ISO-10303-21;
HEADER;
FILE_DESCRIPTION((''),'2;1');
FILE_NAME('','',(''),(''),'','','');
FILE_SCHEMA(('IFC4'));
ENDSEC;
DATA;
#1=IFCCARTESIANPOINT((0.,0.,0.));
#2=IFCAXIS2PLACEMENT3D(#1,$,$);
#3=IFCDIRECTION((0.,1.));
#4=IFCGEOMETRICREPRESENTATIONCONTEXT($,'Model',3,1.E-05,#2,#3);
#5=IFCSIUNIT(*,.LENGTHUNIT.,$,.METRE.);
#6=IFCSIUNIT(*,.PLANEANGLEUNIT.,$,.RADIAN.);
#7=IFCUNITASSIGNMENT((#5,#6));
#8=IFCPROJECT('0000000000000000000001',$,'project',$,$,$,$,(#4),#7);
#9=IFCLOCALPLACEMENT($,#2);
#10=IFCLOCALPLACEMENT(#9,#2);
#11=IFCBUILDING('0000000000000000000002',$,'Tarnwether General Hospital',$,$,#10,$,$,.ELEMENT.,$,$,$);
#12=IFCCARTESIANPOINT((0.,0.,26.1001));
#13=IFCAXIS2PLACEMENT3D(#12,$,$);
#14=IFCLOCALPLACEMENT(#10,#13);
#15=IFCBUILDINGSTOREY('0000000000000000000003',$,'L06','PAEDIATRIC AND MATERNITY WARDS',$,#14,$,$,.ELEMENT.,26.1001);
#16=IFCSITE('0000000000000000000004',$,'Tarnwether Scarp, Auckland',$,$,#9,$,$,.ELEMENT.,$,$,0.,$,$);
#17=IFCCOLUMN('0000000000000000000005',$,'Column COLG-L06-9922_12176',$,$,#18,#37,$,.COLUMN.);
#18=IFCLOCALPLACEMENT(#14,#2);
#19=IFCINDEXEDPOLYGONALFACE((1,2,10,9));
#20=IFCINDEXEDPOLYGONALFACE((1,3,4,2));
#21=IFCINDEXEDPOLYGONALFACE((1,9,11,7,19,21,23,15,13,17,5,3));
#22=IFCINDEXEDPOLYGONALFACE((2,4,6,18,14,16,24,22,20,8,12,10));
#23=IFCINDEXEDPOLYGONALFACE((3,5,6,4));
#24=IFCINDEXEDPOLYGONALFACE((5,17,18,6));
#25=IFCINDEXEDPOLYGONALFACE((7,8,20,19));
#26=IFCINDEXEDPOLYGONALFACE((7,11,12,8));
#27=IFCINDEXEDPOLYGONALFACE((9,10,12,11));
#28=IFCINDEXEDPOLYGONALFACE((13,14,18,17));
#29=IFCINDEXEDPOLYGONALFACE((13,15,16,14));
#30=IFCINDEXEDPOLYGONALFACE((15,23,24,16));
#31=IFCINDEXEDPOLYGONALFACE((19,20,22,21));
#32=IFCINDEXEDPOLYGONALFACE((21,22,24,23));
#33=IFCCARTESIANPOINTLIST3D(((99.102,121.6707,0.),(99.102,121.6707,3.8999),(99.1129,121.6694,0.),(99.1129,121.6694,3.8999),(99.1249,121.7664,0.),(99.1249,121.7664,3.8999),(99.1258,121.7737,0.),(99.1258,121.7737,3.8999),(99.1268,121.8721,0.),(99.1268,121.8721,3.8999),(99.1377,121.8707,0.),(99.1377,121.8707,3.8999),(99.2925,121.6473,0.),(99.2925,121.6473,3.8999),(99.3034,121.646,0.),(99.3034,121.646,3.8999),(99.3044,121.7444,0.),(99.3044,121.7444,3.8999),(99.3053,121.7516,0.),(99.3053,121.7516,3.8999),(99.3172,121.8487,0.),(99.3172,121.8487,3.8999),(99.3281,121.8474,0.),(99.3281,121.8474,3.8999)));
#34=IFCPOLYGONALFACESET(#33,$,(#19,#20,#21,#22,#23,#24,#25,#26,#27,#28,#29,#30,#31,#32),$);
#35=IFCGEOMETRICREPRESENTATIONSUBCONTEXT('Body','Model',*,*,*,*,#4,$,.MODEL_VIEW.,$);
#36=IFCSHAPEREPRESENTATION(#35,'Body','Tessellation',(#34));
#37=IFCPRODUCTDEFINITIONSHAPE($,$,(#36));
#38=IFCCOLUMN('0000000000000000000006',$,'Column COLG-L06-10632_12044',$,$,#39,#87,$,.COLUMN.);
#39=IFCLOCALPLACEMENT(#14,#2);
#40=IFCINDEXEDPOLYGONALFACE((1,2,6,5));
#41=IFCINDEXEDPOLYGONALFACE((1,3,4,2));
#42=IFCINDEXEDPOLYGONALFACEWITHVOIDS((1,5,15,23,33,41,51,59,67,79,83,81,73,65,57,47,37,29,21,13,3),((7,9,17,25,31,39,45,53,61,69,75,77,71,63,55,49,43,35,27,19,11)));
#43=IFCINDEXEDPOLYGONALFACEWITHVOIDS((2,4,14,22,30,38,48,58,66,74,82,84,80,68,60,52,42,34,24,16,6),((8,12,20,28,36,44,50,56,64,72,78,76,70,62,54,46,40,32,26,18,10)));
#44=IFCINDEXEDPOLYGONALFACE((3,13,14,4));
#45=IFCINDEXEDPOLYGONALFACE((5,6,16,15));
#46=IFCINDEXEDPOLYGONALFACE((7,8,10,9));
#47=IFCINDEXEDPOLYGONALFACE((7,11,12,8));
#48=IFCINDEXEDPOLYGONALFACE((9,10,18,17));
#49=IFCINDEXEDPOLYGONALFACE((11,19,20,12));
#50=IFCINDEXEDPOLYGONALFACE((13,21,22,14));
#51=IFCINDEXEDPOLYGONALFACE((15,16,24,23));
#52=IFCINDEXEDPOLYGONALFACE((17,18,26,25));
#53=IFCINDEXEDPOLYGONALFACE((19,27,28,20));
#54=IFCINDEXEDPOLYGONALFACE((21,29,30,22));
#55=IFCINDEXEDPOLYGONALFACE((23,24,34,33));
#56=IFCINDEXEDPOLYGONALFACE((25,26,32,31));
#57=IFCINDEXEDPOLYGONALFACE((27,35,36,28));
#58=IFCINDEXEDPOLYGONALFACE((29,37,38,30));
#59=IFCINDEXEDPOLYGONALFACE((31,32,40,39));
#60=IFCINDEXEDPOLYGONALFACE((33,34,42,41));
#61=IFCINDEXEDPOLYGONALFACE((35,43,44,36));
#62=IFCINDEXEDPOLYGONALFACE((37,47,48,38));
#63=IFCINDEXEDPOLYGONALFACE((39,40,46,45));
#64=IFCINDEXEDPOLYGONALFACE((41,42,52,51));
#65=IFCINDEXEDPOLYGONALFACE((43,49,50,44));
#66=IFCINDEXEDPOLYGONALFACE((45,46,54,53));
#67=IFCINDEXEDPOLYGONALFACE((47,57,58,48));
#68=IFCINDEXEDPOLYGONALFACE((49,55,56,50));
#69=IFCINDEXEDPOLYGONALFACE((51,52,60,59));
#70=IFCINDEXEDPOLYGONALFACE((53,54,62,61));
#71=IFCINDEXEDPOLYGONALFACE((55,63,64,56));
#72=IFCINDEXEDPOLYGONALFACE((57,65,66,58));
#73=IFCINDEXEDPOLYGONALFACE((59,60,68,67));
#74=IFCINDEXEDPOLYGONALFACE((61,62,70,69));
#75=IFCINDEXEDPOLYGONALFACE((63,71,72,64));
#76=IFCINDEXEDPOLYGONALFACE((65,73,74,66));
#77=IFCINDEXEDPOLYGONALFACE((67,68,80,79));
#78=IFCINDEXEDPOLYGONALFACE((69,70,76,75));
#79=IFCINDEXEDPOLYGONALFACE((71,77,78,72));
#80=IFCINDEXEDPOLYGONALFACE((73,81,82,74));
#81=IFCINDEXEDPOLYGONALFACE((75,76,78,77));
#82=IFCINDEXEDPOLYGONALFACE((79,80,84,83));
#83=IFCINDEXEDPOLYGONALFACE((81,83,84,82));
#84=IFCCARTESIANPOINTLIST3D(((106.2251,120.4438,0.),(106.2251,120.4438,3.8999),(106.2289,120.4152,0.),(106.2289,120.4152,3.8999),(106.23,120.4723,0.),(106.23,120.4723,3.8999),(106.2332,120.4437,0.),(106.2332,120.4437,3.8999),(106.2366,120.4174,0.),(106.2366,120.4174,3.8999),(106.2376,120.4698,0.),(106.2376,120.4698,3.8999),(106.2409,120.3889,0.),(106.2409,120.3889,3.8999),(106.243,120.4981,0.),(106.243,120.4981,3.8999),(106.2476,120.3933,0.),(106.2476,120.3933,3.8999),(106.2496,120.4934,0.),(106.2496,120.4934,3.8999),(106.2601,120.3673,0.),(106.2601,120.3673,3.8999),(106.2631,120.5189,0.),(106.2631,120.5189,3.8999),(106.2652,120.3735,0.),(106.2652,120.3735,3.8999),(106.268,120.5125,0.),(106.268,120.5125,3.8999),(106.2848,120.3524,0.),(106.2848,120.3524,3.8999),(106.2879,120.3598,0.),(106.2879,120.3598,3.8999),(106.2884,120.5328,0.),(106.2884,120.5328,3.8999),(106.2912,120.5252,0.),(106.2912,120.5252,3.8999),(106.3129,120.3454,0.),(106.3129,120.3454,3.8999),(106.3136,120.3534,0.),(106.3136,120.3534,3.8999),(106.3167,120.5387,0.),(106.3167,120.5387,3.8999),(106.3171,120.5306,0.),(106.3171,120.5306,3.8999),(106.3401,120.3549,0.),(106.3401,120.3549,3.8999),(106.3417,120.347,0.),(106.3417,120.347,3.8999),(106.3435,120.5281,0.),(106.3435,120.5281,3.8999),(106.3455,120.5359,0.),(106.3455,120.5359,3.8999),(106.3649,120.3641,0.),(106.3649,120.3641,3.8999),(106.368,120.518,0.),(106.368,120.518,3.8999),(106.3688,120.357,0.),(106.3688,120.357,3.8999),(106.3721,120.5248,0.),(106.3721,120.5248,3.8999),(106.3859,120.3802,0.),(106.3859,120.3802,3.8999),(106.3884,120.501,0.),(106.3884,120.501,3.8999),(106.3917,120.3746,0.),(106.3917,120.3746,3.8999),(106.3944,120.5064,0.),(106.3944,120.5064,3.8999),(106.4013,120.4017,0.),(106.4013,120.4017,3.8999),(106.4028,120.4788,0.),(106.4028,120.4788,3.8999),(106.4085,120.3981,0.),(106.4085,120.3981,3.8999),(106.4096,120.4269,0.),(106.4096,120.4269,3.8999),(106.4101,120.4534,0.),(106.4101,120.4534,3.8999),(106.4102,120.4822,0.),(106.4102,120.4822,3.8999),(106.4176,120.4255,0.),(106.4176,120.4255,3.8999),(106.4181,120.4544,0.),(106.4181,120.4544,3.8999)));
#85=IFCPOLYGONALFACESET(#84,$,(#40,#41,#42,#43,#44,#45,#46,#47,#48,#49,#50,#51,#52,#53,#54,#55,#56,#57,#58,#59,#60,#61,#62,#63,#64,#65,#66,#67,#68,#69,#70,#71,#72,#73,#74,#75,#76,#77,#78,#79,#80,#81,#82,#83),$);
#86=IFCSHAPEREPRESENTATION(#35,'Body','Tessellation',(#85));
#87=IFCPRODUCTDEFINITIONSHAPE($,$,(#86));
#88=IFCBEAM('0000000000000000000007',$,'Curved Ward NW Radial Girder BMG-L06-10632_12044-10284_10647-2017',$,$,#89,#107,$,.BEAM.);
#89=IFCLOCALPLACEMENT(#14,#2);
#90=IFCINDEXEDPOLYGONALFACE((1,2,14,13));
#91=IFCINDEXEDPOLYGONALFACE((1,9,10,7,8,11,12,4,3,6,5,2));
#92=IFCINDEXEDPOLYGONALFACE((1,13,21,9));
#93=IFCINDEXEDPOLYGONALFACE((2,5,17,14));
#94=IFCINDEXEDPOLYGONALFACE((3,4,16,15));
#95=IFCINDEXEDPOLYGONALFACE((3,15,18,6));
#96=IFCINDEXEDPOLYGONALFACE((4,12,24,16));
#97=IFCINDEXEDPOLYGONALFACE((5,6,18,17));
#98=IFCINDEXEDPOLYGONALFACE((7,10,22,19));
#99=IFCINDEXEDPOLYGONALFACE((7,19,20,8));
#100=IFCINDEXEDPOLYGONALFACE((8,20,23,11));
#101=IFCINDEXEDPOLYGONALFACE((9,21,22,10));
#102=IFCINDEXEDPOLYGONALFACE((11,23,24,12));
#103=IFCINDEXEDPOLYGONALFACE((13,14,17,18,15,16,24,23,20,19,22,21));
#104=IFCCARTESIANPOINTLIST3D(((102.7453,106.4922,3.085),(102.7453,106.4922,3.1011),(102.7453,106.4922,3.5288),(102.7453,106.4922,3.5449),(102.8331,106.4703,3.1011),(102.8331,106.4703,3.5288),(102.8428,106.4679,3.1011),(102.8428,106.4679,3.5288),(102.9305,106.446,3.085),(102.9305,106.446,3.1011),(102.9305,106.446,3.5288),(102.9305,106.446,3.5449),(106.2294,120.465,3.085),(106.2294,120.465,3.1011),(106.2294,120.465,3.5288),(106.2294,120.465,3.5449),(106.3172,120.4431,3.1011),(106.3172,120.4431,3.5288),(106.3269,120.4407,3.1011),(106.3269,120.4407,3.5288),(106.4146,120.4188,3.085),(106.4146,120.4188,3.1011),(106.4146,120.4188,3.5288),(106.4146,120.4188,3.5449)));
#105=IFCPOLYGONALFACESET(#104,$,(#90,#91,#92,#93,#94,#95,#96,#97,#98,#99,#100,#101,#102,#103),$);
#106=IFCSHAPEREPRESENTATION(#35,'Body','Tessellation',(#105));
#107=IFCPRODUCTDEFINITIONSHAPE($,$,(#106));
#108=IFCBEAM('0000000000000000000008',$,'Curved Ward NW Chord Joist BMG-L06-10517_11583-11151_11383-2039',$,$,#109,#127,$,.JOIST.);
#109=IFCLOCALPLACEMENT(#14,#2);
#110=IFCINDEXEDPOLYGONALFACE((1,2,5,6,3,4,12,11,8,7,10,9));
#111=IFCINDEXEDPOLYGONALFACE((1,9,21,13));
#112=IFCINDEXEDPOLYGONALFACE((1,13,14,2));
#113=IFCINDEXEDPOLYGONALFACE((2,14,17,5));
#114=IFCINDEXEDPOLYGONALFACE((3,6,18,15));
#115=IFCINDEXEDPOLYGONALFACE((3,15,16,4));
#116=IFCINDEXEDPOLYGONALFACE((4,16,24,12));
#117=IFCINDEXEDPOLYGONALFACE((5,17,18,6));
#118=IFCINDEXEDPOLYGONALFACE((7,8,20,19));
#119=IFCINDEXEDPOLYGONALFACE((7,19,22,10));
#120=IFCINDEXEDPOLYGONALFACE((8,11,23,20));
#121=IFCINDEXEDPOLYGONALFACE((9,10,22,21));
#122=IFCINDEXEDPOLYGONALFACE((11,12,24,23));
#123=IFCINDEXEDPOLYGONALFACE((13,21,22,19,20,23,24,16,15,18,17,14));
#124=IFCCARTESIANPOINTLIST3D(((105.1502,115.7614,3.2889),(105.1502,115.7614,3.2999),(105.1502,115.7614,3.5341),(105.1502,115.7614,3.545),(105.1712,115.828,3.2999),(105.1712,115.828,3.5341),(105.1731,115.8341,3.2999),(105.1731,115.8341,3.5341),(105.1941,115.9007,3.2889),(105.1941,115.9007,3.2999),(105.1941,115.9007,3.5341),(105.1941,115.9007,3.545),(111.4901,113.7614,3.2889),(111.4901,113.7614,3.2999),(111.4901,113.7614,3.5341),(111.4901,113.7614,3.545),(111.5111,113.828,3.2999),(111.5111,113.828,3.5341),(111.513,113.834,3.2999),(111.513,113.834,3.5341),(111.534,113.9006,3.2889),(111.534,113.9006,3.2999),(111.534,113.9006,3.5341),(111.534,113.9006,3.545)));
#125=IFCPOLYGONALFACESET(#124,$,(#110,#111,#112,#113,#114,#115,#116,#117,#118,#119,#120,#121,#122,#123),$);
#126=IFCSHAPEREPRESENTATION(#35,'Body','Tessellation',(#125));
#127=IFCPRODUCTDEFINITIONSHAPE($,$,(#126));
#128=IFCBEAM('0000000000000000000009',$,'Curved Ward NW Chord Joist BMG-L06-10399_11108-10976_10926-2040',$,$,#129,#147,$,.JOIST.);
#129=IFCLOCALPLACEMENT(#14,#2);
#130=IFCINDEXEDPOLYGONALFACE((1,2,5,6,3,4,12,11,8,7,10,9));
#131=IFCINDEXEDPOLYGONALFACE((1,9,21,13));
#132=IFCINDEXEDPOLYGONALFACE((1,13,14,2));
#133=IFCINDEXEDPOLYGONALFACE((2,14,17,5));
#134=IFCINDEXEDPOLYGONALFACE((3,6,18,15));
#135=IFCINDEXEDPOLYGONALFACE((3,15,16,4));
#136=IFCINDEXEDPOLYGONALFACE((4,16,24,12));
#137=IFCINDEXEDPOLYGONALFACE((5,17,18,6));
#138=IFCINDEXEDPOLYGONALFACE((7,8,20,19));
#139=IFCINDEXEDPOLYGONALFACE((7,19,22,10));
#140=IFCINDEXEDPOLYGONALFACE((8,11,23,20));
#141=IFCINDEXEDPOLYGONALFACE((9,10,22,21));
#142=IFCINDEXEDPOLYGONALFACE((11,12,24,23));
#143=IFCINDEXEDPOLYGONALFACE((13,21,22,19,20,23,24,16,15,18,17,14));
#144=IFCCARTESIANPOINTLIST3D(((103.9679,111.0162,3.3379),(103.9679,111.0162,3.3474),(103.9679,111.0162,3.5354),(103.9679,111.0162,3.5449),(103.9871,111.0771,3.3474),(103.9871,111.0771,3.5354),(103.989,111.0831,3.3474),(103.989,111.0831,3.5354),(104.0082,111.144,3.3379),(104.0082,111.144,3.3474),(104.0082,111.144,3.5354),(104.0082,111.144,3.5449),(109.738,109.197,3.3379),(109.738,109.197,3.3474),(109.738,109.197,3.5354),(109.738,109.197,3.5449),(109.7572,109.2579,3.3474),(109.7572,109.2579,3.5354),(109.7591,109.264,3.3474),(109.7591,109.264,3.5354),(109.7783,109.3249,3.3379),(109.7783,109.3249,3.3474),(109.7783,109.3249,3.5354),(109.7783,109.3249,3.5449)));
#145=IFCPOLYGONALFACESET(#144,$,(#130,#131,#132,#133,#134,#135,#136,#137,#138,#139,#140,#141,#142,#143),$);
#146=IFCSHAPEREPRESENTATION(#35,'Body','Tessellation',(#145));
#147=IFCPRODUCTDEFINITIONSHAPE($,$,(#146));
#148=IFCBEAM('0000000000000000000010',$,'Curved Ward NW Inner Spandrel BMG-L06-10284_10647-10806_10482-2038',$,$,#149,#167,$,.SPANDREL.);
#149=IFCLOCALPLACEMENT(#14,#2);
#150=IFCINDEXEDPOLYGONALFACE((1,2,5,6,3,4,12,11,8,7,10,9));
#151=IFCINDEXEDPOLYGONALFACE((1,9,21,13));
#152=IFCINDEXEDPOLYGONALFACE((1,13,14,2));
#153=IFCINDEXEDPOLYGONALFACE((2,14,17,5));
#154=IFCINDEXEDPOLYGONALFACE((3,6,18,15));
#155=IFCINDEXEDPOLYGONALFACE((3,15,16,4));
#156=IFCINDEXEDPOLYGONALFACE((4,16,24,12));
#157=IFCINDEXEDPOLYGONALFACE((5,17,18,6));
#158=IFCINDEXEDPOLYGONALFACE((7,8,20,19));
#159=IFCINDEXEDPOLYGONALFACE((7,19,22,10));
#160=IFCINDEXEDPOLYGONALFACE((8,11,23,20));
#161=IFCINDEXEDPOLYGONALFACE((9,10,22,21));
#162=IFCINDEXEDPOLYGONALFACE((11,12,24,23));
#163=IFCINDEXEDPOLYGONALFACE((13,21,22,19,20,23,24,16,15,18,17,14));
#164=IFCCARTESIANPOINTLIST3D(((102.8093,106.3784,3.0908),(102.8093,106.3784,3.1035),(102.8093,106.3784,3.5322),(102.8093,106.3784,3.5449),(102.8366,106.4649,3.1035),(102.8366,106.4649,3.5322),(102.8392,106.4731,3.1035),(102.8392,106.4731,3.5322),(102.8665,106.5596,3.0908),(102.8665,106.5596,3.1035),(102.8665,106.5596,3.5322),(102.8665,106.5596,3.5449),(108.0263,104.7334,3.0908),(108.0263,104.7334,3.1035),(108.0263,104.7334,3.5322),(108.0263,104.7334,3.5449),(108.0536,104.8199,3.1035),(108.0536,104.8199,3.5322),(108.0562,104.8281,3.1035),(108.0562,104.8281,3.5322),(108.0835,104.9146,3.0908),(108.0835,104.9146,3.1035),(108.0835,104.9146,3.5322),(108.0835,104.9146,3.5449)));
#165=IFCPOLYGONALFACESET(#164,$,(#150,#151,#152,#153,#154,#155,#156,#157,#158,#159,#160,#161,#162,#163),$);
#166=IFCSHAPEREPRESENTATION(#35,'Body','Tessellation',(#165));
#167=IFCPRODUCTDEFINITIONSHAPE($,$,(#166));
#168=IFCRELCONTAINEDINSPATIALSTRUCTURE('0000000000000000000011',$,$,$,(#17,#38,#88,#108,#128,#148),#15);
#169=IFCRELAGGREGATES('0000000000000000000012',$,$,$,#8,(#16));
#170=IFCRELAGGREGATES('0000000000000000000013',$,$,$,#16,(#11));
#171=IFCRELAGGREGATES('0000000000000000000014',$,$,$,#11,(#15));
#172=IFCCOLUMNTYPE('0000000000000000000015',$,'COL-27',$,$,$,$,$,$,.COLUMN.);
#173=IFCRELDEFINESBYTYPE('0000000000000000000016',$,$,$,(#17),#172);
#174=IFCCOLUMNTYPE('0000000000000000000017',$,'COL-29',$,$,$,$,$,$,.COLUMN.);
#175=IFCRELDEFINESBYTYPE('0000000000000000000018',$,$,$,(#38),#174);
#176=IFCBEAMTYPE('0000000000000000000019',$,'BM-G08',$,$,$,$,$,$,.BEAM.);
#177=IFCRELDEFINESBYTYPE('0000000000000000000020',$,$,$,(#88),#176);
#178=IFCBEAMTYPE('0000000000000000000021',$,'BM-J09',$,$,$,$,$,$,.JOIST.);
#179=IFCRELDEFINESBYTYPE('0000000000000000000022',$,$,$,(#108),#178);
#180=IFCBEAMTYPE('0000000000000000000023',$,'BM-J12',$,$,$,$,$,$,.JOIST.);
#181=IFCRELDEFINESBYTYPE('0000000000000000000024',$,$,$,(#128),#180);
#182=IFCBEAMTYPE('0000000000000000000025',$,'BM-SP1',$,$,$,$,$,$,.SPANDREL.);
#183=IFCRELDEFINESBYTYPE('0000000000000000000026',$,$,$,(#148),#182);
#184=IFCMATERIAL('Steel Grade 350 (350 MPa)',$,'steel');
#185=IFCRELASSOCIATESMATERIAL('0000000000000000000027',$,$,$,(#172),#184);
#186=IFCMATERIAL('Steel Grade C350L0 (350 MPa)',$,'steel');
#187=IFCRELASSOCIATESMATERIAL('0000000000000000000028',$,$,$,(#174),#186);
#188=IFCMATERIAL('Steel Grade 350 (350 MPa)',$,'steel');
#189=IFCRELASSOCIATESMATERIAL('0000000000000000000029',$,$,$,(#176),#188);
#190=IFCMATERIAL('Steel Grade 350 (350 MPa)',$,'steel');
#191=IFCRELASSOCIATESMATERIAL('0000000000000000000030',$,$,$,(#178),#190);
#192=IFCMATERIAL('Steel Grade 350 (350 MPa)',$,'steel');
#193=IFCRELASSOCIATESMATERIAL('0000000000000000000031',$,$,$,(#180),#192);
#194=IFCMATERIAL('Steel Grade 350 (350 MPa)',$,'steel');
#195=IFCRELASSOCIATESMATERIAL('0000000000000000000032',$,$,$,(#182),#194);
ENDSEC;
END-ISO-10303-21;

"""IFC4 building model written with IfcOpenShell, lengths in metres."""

from ifc_helpers import new_model, si_unit, direction, frame, origin, origin_2d, place, context, subcontext, project, spatial, hollow_circle, i_section, extrude, material, material_profile, profile_set, type_object, element, save


model = new_model("IFC4")

# Units and contexts
model_context = context("Model", 3, precision=1e-05, world=origin(), true_north=direction((0.0, 1.0)))
body_context = subcontext(model_context, "Body", "Model", "MODEL_VIEW")
ifc_project = project(units=[si_unit("LENGTHUNIT", "METRE"), si_unit("PLANEANGLEUNIT", "RADIAN")], contexts=[model_context])

# Site, building, storey
site_placement = place(None, origin())
site = spatial("IfcSite", under=ifc_project, at=site_placement, Name="Tarnwether Scarp, Auckland", CompositionType="ELEMENT", RefElevation=0.0)
building_placement = place(site_placement, origin())
building = spatial("IfcBuilding", under=site, at=building_placement, Name="Tarnwether General Hospital", CompositionType="ELEMENT")
storey_placement = place(building_placement, frame((0.0, 0.0, 26.1001)))
storey = spatial("IfcBuildingStorey", under=building, at=storey_placement, Name="L06", Description="PAEDIATRIC AND MATERNITY WARDS", CompositionType="ELEMENT", Elevation=26.1001)

# Columns
ifc_material_1 = material(Name="Steel Grade 350 (350 MPa)", Category="steel")
ifc_material_profile_1 = material_profile(ifc_material_1, i_section(OverallWidth=0.2029, OverallDepth=0.2029, WebThickness=0.0073, FlangeThickness=0.011, at=origin_2d()), Name="200UC46.2")
ifc_profile_set_1 = profile_set([ifc_material_profile_1], Name="Steel Grade 350 (350 MPa)")
column_type_1 = type_object("IfcColumnType", Name="COL-27", PredefinedType="COLUMN", material=ifc_profile_set_1)
column_1_placement = place(storey_placement, frame((99.2151, 121.759, 0.0), z_axis=(0.0, 0.0, 1.0), x_axis=(0.121869, 0.992546, 0.0)))
element("IfcColumn", 1, at=column_1_placement, inside=storey, type_object=column_type_1, Name="Column COLG-L06-9922_12176", PredefinedType="COLUMN", context=body_context, shape_type="SweptSolid", body=[
    extrude(i_section(OverallWidth=0.2029, OverallDepth=0.2029, WebThickness=0.0073, FlangeThickness=0.011, at=origin_2d()), origin(), (0.0, 0.0, 1.0), 3.8999),
])
ifc_material_2 = material(Name="Steel Grade C350L0 (350 MPa)", Category="steel")
ifc_material_profile_2 = material_profile(ifc_material_2, hollow_circle(Radius=0.0969, WallThickness=0.0081, at=origin_2d()), Name="CHS193.7x8.0")
ifc_profile_set_2 = profile_set([ifc_material_profile_2], Name="Steel Grade C350L0 (350 MPa)")
column_type_2 = type_object("IfcColumnType", Name="COL-29", PredefinedType="COLUMN", material=ifc_profile_set_2)
column_2_placement = place(storey_placement, frame((106.322, 120.4419, 0.0), z_axis=(0.0, 0.0, 1.0), x_axis=(0.241922, 0.970296, 0.0)))
element("IfcColumn", 2, at=column_2_placement, inside=storey, type_object=column_type_2, Name="Column COLG-L06-10632_12044", PredefinedType="COLUMN", context=body_context, shape_type="SweptSolid", body=[
    extrude(hollow_circle(Radius=0.0969, WallThickness=0.0081, at=origin_2d()), origin(), (0.0, 0.0, 1.0), 3.8999),
])

# Beams
ifc_material_3 = material(Name="Steel Grade 350 (350 MPa)", Category="steel")
ifc_material_profile_3 = material_profile(ifc_material_3, i_section(OverallWidth=0.1909, OverallDepth=0.46, WebThickness=0.01, FlangeThickness=0.0161, at=origin_2d()), Name="460UB82.1")
ifc_profile_set_3 = profile_set([ifc_material_profile_3], Name="Steel Grade 350 (350 MPa)")
beam_type_1 = type_object("IfcBeamType", Name="BM-G08", PredefinedType="BEAM", material=ifc_profile_set_3)
beam_1_placement = place(storey_placement, frame((106.322, 120.4419, 3.3149), z_axis=(-0.241941, -0.970291, 0.0), x_axis=(0.970291, -0.241941, 0.0)))
element("IfcBeam", 3, at=beam_1_placement, inside=storey, type_object=beam_type_1, Name="Curved Ward NW Radial Girder BMG-L06-10632_12044-10284_10647-2017", PredefinedType="BEAM", context=body_context, shape_type="SweptSolid", body=[
    extrude(i_section(OverallWidth=0.1909, OverallDepth=0.46, WebThickness=0.01, FlangeThickness=0.0161, at=origin_2d()), origin(), (0.0, 0.0, 1.0), 14.4006),
])
ifc_material_4 = material(Name="Steel Grade 350 (350 MPa)", Category="steel")
ifc_material_profile_4 = material_profile(ifc_material_4, i_section(OverallWidth=0.146, OverallDepth=0.2561, WebThickness=0.0063, FlangeThickness=0.011, at=origin_2d()), Name="250UB37.3")
ifc_profile_set_4 = profile_set([ifc_material_profile_4], Name="Steel Grade 350 (350 MPa)")
beam_type_2 = type_object("IfcBeamType", Name="BM-J09", PredefinedType="JOIST", material=ifc_profile_set_4)
beam_2_placement = place(storey_placement, frame((105.1721, 115.8311, 3.417), z_axis=(0.953671, -0.30085, 0.0), x_axis=(0.30085, 0.953671, 0.0)))
element("IfcBeam", 4, at=beam_2_placement, inside=storey, type_object=beam_type_2, Name="Curved Ward NW Chord Joist BMG-L06-10517_11583-11151_11383-2039", PredefinedType="JOIST", context=body_context, shape_type="SweptSolid", body=[
    extrude(i_section(OverallWidth=0.146, OverallDepth=0.2561, WebThickness=0.0063, FlangeThickness=0.011, at=origin_2d()), origin(), (0.0, 0.0, 1.0), 6.6479),
])
ifc_material_5 = material(Name="Steel Grade 350 (350 MPa)", Category="steel")
ifc_material_profile_5 = material_profile(ifc_material_5, i_section(OverallWidth=0.134, OverallDepth=0.207, WebThickness=0.0063, FlangeThickness=0.0095, at=origin_2d()), Name="200UB29.8")
ifc_profile_set_5 = profile_set([ifc_material_profile_5], Name="Steel Grade 350 (350 MPa)")
beam_type_3 = type_object("IfcBeamType", Name="BM-J12", PredefinedType="JOIST", material=ifc_profile_set_5)
beam_3_placement = place(storey_placement, frame((103.988, 111.0801, 3.4414), z_axis=(0.953726, -0.300677, 0.0), x_axis=(0.300677, 0.953726, 0.0)))
element("IfcBeam", 5, at=beam_3_placement, inside=storey, type_object=beam_type_3, Name="Curved Ward NW Chord Joist BMG-L06-10399_11108-10976_10926-2040", PredefinedType="JOIST", context=body_context, shape_type="SweptSolid", body=[
    extrude(i_section(OverallWidth=0.134, OverallDepth=0.207, WebThickness=0.0063, FlangeThickness=0.0095, at=origin_2d()), origin(), (0.0, 0.0, 1.0), 6.05),
])
ifc_material_6 = material(Name="Steel Grade 350 (350 MPa)", Category="steel")
ifc_material_profile_6 = material_profile(ifc_material_6, i_section(OverallWidth=0.1899, OverallDepth=0.4541, WebThickness=0.0085, FlangeThickness=0.0127, at=origin_2d()), Name="460UB67.1")
ifc_profile_set_6 = profile_set([ifc_material_profile_6], Name="Steel Grade 350 (350 MPa)")
beam_type_4 = type_object("IfcBeamType", Name="BM-SP1", PredefinedType="SPANDREL", material=ifc_profile_set_6)
beam_4_placement = place(storey_placement, frame((102.8379, 106.469, 3.3179), z_axis=(0.953712, -0.300721, 0.0), x_axis=(0.300721, 0.953712, 0.0)))
element("IfcBeam", 6, at=beam_4_placement, inside=storey, type_object=beam_type_4, Name="Curved Ward NW Inner Spandrel BMG-L06-10284_10647-10806_10482-2038", PredefinedType="SPANDREL", context=body_context, shape_type="SweptSolid", body=[
    extrude(i_section(OverallWidth=0.1899, OverallDepth=0.4541, WebThickness=0.0085, FlangeThickness=0.0127, at=origin_2d()), origin(), (0.0, 0.0, 1.0), 5.4702),
])

save(model, "model.ifc")
